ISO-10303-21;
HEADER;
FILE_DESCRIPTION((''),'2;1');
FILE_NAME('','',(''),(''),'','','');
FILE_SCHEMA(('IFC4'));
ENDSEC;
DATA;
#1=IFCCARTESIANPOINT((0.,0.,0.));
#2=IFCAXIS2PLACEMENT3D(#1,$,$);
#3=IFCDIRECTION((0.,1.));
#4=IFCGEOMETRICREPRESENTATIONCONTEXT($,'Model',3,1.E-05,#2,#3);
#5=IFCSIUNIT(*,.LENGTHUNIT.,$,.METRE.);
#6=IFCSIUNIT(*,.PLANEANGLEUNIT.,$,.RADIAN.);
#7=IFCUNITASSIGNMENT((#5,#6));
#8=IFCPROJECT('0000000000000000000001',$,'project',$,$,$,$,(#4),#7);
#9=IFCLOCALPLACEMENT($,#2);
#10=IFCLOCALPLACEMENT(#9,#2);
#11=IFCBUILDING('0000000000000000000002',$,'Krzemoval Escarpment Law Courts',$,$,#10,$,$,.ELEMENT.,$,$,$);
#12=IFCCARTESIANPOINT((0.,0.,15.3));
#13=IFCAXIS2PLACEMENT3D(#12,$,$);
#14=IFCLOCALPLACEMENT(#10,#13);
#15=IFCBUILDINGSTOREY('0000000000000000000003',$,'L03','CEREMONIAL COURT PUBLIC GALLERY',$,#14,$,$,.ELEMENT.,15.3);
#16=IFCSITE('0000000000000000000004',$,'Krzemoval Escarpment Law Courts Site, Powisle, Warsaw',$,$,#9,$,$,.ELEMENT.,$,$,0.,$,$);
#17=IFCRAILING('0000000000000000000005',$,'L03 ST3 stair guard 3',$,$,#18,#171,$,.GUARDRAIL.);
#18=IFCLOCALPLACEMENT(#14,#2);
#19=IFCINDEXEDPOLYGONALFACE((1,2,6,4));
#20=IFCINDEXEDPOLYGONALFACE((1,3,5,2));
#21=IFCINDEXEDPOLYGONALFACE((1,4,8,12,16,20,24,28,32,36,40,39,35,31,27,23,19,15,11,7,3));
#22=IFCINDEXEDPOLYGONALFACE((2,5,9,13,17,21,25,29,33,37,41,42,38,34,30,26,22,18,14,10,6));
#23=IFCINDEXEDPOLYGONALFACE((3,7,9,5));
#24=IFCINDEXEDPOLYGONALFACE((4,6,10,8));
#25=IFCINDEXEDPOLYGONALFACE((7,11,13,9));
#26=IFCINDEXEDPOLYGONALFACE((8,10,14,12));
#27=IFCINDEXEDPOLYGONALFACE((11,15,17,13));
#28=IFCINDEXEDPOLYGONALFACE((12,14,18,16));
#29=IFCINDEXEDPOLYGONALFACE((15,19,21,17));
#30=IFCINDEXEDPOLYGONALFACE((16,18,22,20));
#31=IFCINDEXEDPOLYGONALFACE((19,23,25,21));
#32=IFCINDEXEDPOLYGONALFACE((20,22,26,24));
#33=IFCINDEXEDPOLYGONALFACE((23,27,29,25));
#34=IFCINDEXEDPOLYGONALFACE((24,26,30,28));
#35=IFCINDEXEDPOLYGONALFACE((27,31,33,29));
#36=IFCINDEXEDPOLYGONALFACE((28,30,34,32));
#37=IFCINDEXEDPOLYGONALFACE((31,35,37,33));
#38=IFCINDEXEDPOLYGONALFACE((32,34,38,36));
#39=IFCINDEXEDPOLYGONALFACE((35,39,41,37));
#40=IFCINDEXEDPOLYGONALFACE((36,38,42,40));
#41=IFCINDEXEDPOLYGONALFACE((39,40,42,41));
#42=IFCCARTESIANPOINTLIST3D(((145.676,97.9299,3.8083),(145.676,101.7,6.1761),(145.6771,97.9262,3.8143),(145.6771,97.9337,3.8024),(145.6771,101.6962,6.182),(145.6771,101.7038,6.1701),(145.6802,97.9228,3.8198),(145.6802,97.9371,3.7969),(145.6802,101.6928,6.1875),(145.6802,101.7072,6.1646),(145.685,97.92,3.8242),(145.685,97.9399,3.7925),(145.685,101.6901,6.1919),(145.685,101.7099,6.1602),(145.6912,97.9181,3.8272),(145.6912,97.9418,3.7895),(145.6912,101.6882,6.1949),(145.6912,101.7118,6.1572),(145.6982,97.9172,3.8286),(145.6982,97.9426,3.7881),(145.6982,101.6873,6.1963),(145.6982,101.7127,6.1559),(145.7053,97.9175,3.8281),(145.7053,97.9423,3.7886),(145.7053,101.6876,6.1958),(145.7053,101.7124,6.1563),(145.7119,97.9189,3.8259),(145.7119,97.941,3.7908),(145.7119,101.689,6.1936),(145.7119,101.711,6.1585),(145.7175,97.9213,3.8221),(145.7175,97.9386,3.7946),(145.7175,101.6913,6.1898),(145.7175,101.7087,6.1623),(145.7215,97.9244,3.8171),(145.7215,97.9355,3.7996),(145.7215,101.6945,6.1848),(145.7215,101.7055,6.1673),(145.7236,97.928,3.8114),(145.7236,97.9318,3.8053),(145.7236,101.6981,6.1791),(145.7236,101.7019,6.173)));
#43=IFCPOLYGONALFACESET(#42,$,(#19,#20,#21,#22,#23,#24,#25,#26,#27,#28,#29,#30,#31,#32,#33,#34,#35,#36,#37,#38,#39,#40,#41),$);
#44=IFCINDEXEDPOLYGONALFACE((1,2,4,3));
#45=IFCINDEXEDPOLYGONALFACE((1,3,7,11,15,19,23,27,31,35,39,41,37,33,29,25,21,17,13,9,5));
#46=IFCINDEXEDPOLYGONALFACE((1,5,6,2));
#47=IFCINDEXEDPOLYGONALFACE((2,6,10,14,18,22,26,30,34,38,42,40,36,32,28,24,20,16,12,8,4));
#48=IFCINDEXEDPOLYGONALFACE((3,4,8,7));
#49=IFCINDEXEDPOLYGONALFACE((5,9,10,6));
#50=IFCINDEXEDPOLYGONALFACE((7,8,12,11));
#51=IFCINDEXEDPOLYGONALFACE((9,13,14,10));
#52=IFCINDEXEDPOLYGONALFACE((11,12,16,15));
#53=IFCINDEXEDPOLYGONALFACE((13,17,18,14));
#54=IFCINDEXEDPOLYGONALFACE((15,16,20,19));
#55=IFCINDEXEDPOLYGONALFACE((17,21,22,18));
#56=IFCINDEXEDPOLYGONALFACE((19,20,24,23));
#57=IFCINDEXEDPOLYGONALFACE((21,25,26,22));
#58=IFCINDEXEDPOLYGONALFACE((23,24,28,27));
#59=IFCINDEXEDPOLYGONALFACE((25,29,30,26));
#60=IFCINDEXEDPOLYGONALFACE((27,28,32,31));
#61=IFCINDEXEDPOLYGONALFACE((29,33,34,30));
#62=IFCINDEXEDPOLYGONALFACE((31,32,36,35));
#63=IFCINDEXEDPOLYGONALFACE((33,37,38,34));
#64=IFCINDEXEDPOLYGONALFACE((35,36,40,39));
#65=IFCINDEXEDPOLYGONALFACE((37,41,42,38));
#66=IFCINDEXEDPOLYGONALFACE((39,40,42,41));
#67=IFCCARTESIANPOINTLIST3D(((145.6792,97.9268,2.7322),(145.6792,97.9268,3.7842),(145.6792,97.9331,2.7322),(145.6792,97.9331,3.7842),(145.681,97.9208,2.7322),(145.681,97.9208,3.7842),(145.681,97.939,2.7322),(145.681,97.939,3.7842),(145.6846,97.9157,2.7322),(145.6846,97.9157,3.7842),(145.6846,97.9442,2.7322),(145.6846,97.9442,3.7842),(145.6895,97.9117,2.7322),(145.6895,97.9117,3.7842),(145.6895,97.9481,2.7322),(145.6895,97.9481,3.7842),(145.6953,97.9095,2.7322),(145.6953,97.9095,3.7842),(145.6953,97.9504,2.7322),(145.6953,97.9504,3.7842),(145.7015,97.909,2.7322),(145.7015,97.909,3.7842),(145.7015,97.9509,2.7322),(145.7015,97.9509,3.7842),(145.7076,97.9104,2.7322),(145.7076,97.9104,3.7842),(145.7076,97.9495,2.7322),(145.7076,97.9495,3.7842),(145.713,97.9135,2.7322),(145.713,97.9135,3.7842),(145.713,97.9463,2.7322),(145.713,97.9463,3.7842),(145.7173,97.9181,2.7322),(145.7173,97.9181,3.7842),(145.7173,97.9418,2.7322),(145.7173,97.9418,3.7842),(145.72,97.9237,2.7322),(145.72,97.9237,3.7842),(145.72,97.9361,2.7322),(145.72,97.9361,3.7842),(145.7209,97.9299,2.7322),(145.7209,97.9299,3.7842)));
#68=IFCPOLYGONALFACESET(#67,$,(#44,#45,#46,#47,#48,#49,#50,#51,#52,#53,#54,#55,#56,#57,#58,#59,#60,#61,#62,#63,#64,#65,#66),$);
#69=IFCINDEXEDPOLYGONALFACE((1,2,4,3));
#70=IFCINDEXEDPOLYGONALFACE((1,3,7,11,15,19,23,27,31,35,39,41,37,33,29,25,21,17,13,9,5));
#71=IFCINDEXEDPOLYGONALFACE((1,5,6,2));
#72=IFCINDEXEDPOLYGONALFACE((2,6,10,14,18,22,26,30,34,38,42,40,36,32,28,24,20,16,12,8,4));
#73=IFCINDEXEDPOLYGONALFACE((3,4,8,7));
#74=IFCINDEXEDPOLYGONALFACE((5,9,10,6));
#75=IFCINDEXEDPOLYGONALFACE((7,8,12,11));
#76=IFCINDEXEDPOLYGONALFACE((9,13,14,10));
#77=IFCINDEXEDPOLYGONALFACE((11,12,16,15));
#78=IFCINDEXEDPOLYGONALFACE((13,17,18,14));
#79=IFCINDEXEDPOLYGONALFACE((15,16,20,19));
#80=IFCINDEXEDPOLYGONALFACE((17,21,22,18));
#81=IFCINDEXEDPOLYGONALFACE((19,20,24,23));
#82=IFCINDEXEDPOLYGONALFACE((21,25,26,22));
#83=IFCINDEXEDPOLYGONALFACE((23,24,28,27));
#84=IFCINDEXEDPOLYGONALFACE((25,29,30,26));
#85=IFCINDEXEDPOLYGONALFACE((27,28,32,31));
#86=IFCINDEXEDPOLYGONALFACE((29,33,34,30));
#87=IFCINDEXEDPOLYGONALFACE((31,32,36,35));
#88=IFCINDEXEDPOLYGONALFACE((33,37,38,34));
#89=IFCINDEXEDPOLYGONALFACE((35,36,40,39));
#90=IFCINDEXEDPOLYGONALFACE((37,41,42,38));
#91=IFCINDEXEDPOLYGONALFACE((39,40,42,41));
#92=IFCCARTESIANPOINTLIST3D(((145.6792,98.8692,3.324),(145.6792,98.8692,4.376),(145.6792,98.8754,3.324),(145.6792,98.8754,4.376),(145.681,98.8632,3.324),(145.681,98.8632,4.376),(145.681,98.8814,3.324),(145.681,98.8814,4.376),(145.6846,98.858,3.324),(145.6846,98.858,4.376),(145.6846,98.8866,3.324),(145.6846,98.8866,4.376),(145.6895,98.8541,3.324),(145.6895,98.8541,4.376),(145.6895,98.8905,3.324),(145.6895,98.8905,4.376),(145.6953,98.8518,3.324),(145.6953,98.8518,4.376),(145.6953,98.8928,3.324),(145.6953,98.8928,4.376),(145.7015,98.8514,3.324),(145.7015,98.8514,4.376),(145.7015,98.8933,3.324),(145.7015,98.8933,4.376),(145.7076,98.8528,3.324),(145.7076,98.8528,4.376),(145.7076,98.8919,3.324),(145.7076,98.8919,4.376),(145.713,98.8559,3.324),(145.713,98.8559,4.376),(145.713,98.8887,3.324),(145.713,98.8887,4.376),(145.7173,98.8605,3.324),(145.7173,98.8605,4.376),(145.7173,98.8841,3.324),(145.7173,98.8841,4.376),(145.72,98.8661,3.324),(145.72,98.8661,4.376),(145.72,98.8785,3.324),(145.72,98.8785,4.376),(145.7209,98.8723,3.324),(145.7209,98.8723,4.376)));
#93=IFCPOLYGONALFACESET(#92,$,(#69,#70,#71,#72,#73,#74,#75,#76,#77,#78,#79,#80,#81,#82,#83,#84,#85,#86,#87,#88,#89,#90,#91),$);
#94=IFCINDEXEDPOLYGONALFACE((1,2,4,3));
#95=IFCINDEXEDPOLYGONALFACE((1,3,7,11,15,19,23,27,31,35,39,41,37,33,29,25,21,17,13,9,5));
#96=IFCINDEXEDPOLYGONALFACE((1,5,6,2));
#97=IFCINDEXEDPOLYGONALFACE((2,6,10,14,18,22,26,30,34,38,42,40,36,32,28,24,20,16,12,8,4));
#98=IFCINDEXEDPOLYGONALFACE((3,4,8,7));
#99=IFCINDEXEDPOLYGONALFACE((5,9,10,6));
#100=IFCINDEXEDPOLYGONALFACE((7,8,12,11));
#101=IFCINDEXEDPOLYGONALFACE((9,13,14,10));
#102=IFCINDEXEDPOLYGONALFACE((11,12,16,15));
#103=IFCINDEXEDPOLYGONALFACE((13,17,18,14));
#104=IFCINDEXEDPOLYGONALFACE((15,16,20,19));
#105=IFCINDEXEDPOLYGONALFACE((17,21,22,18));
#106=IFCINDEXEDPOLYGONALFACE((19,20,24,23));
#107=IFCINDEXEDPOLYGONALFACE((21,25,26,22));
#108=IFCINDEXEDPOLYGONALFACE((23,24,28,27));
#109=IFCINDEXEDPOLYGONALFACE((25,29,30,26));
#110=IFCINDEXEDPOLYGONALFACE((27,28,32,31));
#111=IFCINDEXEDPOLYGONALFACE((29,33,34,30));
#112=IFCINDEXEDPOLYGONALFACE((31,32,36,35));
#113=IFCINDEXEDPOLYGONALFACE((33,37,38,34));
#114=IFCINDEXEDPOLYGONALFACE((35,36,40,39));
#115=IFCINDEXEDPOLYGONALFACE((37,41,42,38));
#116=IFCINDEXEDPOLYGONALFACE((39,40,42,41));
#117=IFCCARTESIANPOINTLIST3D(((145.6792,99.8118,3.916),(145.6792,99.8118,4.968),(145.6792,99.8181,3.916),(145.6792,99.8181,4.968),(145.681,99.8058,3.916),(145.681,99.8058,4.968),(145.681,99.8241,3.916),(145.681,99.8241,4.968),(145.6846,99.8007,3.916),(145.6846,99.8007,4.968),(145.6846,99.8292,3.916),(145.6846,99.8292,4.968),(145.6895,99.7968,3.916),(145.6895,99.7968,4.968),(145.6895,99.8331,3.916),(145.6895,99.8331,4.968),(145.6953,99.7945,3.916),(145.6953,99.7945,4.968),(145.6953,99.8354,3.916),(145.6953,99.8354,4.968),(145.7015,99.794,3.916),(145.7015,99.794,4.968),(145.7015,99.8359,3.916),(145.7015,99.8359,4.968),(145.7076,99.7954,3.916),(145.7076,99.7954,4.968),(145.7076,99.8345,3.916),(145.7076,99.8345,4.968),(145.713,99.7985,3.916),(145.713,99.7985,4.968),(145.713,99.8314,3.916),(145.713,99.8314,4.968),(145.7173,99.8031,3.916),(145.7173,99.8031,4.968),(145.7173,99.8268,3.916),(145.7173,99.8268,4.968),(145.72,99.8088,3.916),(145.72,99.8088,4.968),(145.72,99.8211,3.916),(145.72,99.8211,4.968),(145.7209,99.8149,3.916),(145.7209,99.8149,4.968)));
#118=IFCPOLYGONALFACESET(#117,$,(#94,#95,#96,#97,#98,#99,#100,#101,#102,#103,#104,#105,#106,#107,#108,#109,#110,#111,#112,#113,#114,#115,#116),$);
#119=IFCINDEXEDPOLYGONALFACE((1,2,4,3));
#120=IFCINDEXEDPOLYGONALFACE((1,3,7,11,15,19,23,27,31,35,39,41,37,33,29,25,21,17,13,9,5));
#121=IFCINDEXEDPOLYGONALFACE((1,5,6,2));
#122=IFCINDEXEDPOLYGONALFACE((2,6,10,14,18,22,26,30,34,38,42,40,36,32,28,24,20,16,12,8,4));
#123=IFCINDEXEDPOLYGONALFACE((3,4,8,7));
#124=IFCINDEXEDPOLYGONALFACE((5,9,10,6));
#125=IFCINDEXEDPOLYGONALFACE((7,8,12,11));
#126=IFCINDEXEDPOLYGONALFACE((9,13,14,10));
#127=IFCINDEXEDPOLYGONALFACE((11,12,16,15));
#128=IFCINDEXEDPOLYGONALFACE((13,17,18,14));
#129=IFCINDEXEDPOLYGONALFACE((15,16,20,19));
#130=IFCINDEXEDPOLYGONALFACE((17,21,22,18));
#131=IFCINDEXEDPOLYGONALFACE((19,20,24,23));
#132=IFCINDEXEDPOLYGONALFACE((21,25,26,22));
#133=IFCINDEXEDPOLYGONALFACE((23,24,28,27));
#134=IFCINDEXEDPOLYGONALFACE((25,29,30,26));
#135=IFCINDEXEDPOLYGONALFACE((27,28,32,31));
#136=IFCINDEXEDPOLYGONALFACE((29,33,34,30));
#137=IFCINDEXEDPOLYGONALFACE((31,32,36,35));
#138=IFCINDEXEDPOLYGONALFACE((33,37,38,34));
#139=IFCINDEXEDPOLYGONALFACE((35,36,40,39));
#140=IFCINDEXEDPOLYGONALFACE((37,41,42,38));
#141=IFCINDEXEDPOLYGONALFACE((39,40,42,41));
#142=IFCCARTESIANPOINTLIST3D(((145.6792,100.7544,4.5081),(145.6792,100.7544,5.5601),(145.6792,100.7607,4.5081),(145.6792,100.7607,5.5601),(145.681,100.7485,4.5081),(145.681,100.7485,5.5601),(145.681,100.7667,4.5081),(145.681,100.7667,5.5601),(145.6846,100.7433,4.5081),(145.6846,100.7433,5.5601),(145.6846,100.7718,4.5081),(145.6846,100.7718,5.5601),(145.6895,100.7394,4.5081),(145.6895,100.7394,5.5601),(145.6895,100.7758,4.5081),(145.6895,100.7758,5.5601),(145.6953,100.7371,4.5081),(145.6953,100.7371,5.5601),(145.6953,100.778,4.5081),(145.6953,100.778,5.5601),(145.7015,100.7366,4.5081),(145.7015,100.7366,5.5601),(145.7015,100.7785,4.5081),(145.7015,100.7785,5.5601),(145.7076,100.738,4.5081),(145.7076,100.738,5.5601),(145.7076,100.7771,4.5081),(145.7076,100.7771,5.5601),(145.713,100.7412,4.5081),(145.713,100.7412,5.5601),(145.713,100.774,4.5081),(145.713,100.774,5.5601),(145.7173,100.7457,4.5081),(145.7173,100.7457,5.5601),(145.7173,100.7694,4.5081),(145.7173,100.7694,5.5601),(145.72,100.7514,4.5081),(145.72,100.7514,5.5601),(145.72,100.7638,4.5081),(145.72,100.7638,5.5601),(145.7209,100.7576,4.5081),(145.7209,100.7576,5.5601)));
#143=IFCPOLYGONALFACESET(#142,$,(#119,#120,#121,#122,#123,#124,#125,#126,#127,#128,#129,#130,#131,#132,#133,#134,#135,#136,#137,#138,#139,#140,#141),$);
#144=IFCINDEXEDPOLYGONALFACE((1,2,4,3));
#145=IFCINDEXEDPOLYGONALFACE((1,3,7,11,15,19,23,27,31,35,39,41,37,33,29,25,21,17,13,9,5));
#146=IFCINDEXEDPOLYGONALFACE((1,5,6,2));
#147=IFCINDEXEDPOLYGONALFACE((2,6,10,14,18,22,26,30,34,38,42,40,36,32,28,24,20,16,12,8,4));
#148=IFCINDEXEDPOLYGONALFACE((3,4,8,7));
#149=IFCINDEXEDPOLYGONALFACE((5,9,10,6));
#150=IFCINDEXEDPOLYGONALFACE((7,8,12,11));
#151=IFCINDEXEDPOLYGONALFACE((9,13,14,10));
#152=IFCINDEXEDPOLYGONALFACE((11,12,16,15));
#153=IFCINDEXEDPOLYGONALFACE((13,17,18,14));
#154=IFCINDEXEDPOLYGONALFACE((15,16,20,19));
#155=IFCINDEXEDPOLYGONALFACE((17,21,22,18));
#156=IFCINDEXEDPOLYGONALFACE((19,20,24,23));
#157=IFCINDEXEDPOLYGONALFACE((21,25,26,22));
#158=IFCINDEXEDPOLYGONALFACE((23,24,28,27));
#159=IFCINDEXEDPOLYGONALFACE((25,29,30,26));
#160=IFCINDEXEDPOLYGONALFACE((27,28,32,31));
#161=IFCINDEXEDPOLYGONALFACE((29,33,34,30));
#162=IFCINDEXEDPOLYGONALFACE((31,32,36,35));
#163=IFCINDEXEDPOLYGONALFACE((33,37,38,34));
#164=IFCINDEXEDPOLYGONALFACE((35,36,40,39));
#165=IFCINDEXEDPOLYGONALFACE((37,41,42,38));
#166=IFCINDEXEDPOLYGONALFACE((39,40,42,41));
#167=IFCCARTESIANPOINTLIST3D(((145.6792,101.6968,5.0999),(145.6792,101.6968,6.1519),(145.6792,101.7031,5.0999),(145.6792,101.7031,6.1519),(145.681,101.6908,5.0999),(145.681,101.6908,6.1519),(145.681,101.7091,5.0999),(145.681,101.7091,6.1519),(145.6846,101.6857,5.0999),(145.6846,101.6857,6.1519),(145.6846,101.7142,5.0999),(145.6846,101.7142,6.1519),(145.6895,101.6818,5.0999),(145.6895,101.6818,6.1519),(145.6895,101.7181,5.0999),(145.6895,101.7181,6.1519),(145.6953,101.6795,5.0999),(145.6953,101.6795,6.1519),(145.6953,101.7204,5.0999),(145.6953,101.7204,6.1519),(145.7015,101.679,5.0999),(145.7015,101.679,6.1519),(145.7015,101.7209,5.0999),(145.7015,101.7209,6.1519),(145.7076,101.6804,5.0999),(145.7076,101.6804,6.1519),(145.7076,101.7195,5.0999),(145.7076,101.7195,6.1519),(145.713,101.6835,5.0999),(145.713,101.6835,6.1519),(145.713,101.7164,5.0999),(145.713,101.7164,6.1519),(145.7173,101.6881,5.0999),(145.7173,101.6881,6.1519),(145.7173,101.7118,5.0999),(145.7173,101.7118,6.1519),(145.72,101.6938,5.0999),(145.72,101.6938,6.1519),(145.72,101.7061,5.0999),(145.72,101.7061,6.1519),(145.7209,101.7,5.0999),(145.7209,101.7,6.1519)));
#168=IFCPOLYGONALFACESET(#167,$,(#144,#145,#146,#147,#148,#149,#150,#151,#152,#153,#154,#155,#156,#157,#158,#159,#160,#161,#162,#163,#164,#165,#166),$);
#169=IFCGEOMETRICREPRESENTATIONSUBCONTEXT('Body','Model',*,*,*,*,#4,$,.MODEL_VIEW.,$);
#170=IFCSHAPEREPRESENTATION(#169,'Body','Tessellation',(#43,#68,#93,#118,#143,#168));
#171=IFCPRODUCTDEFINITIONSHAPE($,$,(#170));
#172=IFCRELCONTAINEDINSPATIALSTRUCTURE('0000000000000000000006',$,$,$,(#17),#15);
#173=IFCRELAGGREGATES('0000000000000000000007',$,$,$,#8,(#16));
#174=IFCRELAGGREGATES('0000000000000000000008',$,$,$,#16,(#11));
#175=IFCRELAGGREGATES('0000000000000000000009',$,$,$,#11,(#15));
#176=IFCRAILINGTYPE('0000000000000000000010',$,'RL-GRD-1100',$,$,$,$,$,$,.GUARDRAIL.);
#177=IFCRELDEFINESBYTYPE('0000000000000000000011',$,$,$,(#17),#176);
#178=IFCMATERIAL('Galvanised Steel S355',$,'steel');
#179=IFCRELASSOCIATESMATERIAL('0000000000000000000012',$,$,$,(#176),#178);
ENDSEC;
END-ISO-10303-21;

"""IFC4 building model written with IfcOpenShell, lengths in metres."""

from ifc_helpers import new_model, si_unit, direction, frame, origin, origin_2d, place, context, subcontext, project, spatial, circle, extrude, material, type_object, element, save


model = new_model("IFC4")

# Units and contexts
model_context = context("Model", 3, precision=1e-05, world=origin(), true_north=direction((0.0, 1.0)))
body_context = subcontext(model_context, "Body", "Model", "MODEL_VIEW")
ifc_project = project(units=[si_unit("LENGTHUNIT", "METRE"), si_unit("PLANEANGLEUNIT", "RADIAN")], contexts=[model_context])

# Site, building, storey
site_placement = place(None, origin())
site = spatial("IfcSite", under=ifc_project, at=site_placement, Name="Krzemoval Escarpment Law Courts Site, Powisle, Warsaw", CompositionType="ELEMENT", RefElevation=0.0)
building_placement = place(site_placement, origin())
building = spatial("IfcBuilding", under=site, at=building_placement, Name="Krzemoval Escarpment Law Courts", CompositionType="ELEMENT")
storey_placement = place(building_placement, frame((0.0, 0.0, 15.3)))
storey = spatial("IfcBuildingStorey", under=building, at=storey_placement, Name="L03", Description="CEREMONIAL COURT PUBLIC GALLERY", CompositionType="ELEMENT", Elevation=15.3)

# Railing
ifc_material_1 = material(Name="Galvanised Steel S355", Category="steel")
railing_type_1 = type_object("IfcRailingType", Name="RL-GRD-1100", PredefinedType="GUARDRAIL", material=ifc_material_1)
railing_1_placement = place(storey_placement, frame((145.7, 97.9299, 2.7322)))
element("IfcRailing", 1, at=railing_1_placement, inside=storey, type_object=railing_type_1, Name="L03 ST3 stair guard 3", PredefinedType="GUARDRAIL", context=body_context, shape_type="SweptSolid", body=[
    extrude(circle(Radius=0.0239, at=origin_2d()), frame((0.0, 0.0, 1.0762), z_axis=(0.0, 0.846844, 0.531841), x_axis=(-1.0, 0.0, 0.0)), (0.0, 0.0, 1.0), 4.4519),
    extrude(circle(Radius=0.021, at=origin_2d()), origin(), (0.0, 0.0, 1.0), 1.052),
    extrude(circle(Radius=0.021, at=origin_2d()), frame((0.0, 0.9424, 0.5918)), (0.0, 0.0, 1.0), 1.052),
    extrude(circle(Radius=0.021, at=origin_2d()), frame((0.0, 1.885, 1.1838)), (0.0, 0.0, 1.0), 1.052),
    extrude(circle(Radius=0.021, at=origin_2d()), frame((0.0, 2.8276, 1.7759)), (0.0, 0.0, 1.0), 1.052),
    extrude(circle(Radius=0.021, at=origin_2d()), frame((0.0, 3.77, 2.3677)), (0.0, 0.0, 1.0), 1.052),
])

save(model, "model.ifc")
